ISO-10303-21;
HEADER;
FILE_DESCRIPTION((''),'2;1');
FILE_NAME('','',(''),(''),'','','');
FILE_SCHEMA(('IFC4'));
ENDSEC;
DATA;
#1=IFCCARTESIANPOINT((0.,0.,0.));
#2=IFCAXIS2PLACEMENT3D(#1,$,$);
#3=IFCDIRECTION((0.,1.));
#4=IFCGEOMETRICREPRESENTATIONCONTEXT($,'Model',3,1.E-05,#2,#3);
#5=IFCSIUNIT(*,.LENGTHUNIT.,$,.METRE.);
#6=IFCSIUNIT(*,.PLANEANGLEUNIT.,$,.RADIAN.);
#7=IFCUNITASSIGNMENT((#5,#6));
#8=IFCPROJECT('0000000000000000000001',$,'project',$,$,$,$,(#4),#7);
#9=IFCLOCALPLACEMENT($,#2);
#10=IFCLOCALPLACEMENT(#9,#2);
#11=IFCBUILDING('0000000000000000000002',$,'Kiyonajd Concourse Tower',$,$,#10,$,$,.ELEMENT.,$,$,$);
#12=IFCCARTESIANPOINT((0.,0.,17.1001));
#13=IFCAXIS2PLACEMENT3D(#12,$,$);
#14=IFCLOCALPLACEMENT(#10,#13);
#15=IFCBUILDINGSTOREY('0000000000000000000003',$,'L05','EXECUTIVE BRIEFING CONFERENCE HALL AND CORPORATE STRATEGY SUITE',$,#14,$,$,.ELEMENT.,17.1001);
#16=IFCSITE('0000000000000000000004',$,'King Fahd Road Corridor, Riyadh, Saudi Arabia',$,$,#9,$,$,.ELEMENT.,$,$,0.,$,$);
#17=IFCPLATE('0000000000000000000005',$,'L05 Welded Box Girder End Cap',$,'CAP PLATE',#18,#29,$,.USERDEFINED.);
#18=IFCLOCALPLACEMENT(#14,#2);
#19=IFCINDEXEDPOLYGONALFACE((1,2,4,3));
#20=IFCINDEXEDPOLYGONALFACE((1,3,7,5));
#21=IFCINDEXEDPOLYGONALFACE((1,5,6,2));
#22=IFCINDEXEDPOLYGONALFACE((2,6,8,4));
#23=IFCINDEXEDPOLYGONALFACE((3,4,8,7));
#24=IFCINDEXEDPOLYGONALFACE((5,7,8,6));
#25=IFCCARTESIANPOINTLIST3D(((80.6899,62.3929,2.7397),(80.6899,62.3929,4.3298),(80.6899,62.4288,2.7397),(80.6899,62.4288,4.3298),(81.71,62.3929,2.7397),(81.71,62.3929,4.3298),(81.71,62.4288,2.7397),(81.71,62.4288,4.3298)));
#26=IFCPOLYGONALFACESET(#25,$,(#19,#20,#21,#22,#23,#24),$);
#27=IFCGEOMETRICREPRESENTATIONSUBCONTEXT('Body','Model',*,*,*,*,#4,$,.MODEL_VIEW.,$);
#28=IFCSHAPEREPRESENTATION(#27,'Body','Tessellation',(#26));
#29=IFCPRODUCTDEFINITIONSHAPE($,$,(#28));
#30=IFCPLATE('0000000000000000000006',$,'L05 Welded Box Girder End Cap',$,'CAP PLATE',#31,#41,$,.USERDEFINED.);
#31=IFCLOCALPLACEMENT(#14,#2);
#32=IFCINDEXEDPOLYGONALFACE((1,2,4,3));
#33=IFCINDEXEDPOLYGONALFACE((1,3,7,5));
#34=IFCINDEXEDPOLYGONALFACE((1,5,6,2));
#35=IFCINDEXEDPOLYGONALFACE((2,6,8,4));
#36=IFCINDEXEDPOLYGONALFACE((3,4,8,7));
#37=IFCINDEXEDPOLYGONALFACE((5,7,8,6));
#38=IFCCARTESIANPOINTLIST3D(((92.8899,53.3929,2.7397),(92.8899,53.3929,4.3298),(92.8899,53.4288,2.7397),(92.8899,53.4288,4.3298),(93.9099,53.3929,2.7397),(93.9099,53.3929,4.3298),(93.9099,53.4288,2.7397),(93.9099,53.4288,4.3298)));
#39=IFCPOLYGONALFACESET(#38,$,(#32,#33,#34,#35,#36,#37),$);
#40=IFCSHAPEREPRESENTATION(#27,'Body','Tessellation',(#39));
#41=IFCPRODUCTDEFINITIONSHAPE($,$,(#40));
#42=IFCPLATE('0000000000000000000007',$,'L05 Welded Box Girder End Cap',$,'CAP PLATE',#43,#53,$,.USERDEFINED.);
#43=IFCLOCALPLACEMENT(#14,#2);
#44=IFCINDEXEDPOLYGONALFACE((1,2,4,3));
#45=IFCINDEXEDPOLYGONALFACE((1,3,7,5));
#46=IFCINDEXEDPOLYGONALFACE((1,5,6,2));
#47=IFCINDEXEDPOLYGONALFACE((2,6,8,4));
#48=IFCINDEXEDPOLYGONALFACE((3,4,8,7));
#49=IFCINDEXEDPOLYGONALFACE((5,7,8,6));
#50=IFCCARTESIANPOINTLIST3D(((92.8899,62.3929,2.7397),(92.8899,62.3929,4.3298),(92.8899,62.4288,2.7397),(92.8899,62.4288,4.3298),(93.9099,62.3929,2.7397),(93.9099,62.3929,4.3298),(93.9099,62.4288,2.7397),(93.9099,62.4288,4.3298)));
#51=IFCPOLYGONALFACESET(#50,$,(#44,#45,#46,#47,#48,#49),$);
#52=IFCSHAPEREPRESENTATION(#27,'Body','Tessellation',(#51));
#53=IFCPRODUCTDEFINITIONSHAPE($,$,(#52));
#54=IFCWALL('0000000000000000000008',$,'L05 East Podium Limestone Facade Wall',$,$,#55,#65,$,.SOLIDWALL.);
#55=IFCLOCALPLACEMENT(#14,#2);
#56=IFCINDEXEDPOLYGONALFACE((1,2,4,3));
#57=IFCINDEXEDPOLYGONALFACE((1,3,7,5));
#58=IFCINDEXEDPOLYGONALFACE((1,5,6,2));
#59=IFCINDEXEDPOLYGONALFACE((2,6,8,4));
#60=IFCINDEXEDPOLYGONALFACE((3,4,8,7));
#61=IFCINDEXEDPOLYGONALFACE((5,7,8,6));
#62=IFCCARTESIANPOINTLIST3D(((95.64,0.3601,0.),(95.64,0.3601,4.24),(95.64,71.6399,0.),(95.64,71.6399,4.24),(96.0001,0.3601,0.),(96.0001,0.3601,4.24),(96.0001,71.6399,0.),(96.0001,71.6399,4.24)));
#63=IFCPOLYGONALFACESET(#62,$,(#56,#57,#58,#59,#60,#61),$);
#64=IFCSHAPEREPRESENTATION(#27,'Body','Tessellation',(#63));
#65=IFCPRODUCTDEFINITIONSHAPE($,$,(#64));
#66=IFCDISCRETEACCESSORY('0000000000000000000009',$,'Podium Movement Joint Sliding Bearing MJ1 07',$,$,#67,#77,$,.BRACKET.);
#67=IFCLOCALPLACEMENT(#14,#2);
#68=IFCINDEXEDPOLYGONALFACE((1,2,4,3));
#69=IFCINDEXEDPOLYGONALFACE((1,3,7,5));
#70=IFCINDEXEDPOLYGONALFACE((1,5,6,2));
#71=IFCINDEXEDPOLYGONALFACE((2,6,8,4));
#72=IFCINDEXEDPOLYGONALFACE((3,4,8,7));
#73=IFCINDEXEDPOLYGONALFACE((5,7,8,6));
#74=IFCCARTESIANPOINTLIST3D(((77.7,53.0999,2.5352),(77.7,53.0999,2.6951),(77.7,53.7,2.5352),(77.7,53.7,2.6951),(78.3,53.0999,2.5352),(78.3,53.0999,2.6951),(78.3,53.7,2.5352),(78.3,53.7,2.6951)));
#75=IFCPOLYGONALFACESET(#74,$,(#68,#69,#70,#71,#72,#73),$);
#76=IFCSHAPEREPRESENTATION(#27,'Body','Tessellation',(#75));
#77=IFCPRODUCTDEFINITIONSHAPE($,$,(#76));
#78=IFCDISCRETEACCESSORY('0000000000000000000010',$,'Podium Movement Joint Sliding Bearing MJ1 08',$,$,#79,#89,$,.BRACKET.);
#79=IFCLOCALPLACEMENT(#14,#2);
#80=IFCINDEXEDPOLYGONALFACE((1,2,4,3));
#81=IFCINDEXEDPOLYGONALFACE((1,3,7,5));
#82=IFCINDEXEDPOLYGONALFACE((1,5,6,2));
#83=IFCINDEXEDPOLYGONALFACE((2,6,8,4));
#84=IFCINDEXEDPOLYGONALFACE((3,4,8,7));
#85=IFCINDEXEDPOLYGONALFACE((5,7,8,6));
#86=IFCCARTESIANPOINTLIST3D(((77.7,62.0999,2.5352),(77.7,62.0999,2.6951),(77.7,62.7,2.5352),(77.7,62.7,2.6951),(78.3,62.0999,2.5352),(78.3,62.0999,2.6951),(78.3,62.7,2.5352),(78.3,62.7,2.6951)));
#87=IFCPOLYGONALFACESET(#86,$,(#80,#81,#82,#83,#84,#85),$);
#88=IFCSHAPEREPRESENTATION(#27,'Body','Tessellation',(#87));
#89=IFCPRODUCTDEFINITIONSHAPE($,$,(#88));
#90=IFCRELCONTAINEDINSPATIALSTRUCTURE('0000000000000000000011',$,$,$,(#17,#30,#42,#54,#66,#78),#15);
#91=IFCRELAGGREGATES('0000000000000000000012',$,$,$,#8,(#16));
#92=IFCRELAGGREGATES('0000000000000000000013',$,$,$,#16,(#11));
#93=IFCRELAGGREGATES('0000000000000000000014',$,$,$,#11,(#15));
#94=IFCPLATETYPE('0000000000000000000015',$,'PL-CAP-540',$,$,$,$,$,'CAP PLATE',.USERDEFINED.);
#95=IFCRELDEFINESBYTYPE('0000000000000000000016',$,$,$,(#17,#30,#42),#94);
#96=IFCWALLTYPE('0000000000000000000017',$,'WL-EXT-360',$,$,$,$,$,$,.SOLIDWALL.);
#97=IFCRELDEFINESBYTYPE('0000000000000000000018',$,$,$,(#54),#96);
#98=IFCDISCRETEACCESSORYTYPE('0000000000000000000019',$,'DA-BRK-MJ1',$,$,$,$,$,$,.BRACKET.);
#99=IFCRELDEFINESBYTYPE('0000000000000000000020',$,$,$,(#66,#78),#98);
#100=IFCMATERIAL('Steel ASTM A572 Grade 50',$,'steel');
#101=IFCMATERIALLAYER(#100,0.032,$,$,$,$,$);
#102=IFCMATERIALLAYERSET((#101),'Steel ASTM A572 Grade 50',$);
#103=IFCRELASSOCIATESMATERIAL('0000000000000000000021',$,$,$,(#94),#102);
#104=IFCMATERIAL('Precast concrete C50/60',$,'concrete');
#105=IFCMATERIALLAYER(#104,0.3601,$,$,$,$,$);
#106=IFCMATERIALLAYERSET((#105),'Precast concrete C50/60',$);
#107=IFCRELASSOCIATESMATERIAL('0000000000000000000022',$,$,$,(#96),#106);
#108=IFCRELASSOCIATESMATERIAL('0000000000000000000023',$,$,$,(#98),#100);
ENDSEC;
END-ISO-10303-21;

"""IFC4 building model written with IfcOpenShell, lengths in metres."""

from ifc_helpers import new_model, si_unit, direction, frame, frame_2d, origin, origin_2d, place, context, subcontext, project, spatial, rectangle, extrude, material, layer, layer_set, type_object, element, save


model = new_model("IFC4")

# Units and contexts
model_context = context("Model", 3, precision=1e-05, world=origin(), true_north=direction((0.0, 1.0)))
body_context = subcontext(model_context, "Body", "Model", "MODEL_VIEW")
ifc_project = project(units=[si_unit("LENGTHUNIT", "METRE"), si_unit("PLANEANGLEUNIT", "RADIAN")], contexts=[model_context])

# Site, building, storey
site_placement = place(None, origin())
site = spatial("IfcSite", under=ifc_project, at=site_placement, Name="King Fahd Road Corridor, Riyadh, Saudi Arabia", CompositionType="ELEMENT", RefElevation=0.0)
building_placement = place(site_placement, origin())
building = spatial("IfcBuilding", under=site, at=building_placement, Name="Kiyonajd Concourse Tower", CompositionType="ELEMENT")
storey_placement = place(building_placement, frame((0.0, 0.0, 17.1001)))
storey = spatial("IfcBuildingStorey", under=building, at=storey_placement, Name="L05", Description="EXECUTIVE BRIEFING CONFERENCE HALL AND CORPORATE STRATEGY SUITE", CompositionType="ELEMENT", Elevation=17.1001)

# Shared definitions
ifc_material_1 = material(Name="Steel ASTM A572 Grade 50", Category="steel")

# Plates
ifc_layer_1 = layer(ifc_material_1, 0.032)
ifc_layer_set_1 = layer_set([ifc_layer_1], Name="Steel ASTM A572 Grade 50")
plate_type = type_object("IfcPlateType", Name="PL-CAP-540", ElementType="CAP PLATE", PredefinedType="USERDEFINED", material=ifc_layer_set_1)
for number, where, z_axis, x_axis, name in (
    (1, (81.2, 62.4109, 2.7397), (0.0, 0.0, 1.0), (0.0, 1.0, 0.0), "L05 Welded Box Girder End Cap"),
    (2, (93.3999, 53.4109, 2.7397), (0.0, 0.0, 1.0), (0.0, 1.0, 0.0), "L05 Welded Box Girder End Cap"),
    (3, (93.3999, 62.4109, 2.7397), (0.0, 0.0, 1.0), (0.0, 1.0, 0.0), "L05 Welded Box Girder End Cap"),
):
    element("IfcPlate", number, at=place(storey_placement, frame(where, z_axis=z_axis, x_axis=x_axis)), inside=storey, type_object=plate_type, Name=name, ObjectType="CAP PLATE", PredefinedType="USERDEFINED", context=body_context, shape_type="SweptSolid", body=[
        extrude(rectangle(XDim=0.0359, YDim=1.02, at=origin_2d()), origin(), (0.0, 0.0, 1.0), 1.5901),
    ])

# Wall
ifc_material_2 = material(Name="Precast concrete C50/60", Category="concrete")
ifc_layer_2 = layer(ifc_material_2, 0.3601)
ifc_layer_set_2 = layer_set([ifc_layer_2], Name="Precast concrete C50/60")
wall_type = type_object("IfcWallType", Name="WL-EXT-360", PredefinedType="SOLIDWALL", material=ifc_layer_set_2)
wall_placement = place(storey_placement, frame((95.8201, 71.6399, 0.0), z_axis=(0.0, 0.0, 1.0), x_axis=(0.0, -1.0, 0.0)))
element("IfcWall", 4, at=wall_placement, inside=storey, type_object=wall_type, Name="L05 East Podium Limestone Facade Wall", PredefinedType="SOLIDWALL", context=body_context, shape_type="SweptSolid", body=[
    extrude(rectangle(XDim=71.2798, YDim=0.3601, at=frame_2d((35.6399, 0.0))), origin(), (0.0, 0.0, 1.0), 4.24),
])

# Discrete accessories
discrete_accessory_type = type_object("IfcDiscreteAccessoryType", Name="DA-BRK-MJ1", PredefinedType="BRACKET", material=ifc_material_1)
for number, where, z_axis, x_axis, name in (
    (5, (78.0, 53.3999, 2.5352), (0.0, 0.0, 1.0), (1.0, 0.0, 0.0), "Podium Movement Joint Sliding Bearing MJ1 07"),
    (6, (78.0, 62.3999, 2.5352), (0.0, 0.0, 1.0), (1.0, 0.0, 0.0), "Podium Movement Joint Sliding Bearing MJ1 08"),
):
    element("IfcDiscreteAccessory", number, at=place(storey_placement, frame(where, z_axis=z_axis, x_axis=x_axis)), inside=storey, type_object=discrete_accessory_type, Name=name, PredefinedType="BRACKET", context=body_context, shape_type="SweptSolid", body=[
        extrude(rectangle(XDim=0.6001, YDim=0.6001, at=origin_2d()), origin(), (0.0, 0.0, 1.0), 0.1599),
    ])

save(model, "model.ifc")
